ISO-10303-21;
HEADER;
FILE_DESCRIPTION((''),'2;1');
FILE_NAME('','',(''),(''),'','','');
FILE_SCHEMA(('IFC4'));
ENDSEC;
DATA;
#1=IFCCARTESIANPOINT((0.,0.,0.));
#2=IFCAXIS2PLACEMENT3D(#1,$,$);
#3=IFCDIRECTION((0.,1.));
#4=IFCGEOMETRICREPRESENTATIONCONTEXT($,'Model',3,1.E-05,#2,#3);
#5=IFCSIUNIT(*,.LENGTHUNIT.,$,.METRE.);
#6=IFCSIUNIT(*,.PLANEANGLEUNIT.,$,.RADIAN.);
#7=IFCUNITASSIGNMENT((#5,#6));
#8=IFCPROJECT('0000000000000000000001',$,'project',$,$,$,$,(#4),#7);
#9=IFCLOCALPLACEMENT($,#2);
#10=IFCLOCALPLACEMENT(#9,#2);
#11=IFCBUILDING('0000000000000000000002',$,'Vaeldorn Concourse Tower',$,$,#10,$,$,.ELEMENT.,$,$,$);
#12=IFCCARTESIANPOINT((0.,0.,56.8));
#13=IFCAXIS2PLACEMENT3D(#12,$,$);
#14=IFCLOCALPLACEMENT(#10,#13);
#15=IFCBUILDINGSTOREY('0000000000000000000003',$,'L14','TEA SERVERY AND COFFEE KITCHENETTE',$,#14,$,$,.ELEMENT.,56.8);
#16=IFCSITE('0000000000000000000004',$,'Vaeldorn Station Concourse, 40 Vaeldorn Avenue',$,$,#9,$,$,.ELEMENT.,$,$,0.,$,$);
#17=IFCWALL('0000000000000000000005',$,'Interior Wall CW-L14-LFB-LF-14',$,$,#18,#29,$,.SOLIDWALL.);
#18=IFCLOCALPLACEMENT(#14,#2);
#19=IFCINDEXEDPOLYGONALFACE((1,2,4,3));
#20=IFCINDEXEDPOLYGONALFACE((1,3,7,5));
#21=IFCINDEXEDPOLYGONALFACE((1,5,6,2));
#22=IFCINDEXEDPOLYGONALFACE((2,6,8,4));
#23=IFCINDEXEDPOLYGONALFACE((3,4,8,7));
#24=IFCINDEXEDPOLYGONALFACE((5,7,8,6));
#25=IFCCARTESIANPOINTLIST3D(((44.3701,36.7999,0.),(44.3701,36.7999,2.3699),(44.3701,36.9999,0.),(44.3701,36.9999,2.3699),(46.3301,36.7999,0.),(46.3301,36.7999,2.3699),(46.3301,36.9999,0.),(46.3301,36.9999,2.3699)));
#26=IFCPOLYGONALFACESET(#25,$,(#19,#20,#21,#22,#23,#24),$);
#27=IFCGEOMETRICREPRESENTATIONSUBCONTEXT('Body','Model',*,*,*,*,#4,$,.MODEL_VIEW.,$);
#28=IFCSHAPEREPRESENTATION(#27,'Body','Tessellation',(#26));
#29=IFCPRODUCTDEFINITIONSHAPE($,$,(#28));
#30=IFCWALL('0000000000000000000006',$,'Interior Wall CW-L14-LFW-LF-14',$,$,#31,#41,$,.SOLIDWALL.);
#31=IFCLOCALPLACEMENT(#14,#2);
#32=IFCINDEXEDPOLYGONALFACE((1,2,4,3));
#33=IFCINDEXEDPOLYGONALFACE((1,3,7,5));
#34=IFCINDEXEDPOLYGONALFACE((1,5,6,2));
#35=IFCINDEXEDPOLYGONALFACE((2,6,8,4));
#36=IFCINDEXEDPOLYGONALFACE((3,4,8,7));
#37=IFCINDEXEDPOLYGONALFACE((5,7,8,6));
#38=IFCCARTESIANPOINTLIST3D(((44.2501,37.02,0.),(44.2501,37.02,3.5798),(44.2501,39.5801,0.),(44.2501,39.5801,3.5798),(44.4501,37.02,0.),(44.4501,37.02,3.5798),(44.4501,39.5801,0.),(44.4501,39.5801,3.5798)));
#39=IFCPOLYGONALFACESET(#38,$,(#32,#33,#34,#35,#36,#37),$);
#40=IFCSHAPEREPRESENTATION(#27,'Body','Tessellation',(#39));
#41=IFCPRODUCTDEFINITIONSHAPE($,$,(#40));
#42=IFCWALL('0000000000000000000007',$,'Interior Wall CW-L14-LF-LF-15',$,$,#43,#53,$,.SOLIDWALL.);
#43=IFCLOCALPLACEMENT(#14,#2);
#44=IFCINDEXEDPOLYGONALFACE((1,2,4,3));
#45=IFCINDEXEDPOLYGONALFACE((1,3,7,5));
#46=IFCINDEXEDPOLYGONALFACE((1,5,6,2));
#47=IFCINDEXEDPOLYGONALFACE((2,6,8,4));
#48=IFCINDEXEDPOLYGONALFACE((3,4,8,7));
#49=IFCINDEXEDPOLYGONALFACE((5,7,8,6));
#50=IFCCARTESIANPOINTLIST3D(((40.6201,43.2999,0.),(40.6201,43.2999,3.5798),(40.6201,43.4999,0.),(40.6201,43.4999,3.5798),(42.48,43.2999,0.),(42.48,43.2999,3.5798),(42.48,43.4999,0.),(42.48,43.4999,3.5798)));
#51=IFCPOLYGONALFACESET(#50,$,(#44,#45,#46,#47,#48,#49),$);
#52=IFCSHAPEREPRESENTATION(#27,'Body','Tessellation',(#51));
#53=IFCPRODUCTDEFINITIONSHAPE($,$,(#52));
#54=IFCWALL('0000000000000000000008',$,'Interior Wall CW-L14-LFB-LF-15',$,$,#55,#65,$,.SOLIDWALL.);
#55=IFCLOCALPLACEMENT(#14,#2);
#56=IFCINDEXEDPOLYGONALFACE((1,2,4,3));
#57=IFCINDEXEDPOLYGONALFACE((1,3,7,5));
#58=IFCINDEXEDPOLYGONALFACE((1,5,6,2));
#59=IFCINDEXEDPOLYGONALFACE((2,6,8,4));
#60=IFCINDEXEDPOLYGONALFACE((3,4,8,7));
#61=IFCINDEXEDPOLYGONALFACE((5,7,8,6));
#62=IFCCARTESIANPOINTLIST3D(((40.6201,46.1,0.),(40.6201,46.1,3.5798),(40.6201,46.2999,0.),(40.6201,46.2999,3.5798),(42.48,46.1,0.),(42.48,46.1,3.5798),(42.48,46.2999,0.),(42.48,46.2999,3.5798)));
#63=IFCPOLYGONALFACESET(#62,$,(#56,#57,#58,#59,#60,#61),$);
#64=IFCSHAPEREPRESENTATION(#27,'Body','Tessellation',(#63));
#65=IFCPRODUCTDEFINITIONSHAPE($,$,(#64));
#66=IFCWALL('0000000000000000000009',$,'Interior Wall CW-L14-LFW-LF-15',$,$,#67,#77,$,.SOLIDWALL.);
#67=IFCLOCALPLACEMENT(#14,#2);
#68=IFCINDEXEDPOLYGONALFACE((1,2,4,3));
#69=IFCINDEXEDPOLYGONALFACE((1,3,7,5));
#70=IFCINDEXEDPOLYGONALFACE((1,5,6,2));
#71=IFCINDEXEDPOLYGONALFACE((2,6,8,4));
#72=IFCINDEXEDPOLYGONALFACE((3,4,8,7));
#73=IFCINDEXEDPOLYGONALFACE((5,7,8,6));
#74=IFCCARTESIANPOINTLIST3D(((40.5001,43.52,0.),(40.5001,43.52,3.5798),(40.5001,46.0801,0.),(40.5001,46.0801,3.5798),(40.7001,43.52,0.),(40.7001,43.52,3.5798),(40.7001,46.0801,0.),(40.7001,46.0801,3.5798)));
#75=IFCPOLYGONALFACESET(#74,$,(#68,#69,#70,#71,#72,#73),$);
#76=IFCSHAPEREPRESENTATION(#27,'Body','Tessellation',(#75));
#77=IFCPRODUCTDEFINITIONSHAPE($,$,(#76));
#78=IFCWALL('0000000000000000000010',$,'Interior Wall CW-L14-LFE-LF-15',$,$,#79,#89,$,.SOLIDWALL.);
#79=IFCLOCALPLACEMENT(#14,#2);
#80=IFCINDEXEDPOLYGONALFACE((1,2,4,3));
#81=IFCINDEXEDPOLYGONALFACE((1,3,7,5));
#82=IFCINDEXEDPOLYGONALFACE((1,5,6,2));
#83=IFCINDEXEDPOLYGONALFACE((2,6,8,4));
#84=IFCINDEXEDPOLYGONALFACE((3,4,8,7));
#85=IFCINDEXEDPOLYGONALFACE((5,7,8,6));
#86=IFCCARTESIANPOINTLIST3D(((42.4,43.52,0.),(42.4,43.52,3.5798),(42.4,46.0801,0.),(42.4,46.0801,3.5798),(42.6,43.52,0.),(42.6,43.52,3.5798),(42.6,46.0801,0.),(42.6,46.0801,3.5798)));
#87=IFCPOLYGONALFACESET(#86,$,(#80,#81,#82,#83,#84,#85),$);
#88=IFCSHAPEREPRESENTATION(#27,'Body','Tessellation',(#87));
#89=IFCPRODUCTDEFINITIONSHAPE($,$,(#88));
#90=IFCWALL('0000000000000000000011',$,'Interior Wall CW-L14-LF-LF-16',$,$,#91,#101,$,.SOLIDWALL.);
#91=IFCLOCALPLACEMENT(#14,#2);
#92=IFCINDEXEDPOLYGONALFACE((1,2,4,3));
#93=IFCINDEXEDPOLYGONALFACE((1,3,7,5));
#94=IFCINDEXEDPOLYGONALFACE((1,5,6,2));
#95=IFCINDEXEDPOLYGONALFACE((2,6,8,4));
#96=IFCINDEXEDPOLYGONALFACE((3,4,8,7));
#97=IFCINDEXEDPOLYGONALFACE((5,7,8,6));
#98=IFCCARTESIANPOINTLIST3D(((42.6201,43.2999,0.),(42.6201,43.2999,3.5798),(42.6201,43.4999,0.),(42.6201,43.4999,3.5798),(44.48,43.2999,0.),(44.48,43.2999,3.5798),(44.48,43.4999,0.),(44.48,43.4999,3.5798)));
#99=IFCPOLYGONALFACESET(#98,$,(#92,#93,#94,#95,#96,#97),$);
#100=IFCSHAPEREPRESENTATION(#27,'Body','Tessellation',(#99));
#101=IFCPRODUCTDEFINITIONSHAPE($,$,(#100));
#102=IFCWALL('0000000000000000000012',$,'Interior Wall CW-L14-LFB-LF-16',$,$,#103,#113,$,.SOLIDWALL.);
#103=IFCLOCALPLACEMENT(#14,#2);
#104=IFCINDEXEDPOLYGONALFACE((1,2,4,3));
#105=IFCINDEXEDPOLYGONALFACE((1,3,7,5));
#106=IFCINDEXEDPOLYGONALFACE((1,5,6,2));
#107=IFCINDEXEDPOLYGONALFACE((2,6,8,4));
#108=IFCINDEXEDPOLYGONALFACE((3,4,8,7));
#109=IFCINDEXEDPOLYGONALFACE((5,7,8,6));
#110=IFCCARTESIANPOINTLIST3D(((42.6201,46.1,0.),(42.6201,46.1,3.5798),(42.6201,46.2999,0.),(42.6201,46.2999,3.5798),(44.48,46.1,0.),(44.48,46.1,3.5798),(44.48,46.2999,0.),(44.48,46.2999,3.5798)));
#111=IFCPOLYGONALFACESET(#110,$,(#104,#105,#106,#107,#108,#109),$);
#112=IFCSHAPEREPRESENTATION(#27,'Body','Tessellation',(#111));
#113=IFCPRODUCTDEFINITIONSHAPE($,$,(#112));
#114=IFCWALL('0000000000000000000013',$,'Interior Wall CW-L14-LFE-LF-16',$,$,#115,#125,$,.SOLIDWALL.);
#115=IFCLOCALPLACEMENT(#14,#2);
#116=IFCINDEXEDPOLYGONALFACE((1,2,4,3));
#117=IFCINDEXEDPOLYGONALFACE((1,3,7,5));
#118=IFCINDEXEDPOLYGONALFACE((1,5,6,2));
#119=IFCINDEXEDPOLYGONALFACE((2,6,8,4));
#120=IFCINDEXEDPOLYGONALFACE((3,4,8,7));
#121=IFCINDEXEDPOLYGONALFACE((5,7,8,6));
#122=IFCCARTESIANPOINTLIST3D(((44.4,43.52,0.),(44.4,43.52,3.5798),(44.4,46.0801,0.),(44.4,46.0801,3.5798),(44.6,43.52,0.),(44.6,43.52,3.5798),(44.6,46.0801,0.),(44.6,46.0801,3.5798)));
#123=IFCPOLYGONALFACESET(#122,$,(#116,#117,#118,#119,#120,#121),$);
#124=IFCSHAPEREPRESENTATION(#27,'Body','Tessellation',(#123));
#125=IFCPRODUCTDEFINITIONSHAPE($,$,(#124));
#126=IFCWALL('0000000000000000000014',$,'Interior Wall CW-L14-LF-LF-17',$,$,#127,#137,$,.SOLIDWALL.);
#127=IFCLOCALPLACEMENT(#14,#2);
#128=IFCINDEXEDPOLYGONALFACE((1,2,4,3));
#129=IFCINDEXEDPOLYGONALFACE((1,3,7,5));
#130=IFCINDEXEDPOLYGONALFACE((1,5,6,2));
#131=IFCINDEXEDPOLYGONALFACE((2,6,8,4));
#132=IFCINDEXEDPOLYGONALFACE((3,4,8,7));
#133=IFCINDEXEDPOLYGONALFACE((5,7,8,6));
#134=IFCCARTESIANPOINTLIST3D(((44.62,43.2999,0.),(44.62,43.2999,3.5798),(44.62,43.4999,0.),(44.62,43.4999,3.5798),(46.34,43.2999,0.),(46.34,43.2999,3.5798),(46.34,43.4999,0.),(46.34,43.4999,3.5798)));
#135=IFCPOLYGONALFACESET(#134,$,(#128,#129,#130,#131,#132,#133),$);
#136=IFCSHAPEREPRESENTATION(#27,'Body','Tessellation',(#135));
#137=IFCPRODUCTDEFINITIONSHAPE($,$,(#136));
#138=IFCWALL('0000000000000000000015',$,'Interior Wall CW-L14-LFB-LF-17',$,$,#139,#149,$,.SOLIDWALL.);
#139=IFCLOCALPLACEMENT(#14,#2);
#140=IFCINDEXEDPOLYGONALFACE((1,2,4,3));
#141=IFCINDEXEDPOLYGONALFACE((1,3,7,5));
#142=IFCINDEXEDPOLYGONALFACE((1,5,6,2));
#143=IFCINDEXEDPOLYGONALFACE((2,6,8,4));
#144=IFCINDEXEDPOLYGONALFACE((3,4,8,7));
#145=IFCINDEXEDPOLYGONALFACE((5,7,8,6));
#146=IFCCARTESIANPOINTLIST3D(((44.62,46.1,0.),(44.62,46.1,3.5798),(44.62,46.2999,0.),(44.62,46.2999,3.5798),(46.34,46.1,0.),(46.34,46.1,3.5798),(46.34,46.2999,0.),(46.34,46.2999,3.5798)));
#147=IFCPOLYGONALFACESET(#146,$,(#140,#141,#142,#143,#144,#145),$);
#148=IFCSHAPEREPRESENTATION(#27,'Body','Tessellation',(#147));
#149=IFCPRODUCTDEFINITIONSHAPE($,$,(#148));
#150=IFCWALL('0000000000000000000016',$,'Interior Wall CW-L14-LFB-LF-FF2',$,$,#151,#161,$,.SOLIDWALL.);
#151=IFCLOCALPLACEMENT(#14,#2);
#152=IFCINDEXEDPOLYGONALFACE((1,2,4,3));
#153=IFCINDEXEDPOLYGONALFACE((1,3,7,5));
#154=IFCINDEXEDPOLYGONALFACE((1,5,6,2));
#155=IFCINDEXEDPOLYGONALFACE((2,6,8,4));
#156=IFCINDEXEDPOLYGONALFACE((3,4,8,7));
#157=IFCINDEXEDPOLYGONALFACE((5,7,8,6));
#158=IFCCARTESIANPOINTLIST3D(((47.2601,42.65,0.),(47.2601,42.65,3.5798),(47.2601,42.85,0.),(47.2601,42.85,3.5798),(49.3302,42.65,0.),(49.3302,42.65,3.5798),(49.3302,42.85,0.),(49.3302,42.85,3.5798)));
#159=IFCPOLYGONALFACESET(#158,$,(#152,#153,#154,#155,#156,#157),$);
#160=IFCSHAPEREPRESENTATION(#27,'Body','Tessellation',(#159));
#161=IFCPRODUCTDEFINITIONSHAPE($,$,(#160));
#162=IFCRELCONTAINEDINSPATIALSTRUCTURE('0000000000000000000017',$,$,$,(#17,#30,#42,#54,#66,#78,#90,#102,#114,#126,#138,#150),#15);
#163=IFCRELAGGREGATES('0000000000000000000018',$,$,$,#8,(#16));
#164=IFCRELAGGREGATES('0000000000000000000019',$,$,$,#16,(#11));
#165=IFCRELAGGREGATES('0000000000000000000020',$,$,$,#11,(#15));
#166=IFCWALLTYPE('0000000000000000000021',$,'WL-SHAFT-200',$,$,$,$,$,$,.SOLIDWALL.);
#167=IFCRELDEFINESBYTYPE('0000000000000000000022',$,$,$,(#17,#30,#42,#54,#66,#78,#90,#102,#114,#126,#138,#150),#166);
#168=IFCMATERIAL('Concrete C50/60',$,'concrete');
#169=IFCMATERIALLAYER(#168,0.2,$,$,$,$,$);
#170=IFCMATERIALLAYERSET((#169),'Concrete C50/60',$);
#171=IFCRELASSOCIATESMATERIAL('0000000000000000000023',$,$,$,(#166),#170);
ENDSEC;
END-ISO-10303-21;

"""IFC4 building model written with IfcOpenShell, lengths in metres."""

from ifc_helpers import new_model, si_unit, direction, frame, frame_2d, origin, place, context, subcontext, project, spatial, rectangle, extrude, material, layer, layer_set, type_object, element, save


model = new_model("IFC4")

# Units and contexts
model_context = context("Model", 3, precision=1e-05, world=origin(), true_north=direction((0.0, 1.0)))
body_context = subcontext(model_context, "Body", "Model", "MODEL_VIEW")
ifc_project = project(units=[si_unit("LENGTHUNIT", "METRE"), si_unit("PLANEANGLEUNIT", "RADIAN")], contexts=[model_context])

# Site, building, storey
site_placement = place(None, origin())
site = spatial("IfcSite", under=ifc_project, at=site_placement, Name="Vaeldorn Station Concourse, 40 Vaeldorn Avenue", CompositionType="ELEMENT", RefElevation=0.0)
building_placement = place(site_placement, origin())
building = spatial("IfcBuilding", under=site, at=building_placement, Name="Vaeldorn Concourse Tower", CompositionType="ELEMENT")
storey_placement = place(building_placement, frame((0.0, 0.0, 56.8)))
storey = spatial("IfcBuildingStorey", under=building, at=storey_placement, Name="L14", Description="TEA SERVERY AND COFFEE KITCHENETTE", CompositionType="ELEMENT", Elevation=56.8)

# Shared definitions
ifc_material_1 = material(Name="Concrete C50/60", Category="concrete")
ifc_layer_1 = layer(ifc_material_1, 0.2)
ifc_layer_set_1 = layer_set([ifc_layer_1], Name="Concrete C50/60")
wall_type_1 = type_object("IfcWallType", Name="WL-SHAFT-200", PredefinedType="SOLIDWALL", material=ifc_layer_set_1)

# Walls
wall_1_placement = place(storey_placement, frame((44.3701, 36.8999, 0.0), z_axis=(0.0, 0.0, 1.0), x_axis=(1.0, 0.0, 0.0)))
element("IfcWall", 1, at=wall_1_placement, inside=storey, type_object=wall_type_1, Name="Interior Wall CW-L14-LFB-LF-14", PredefinedType="SOLIDWALL", context=body_context, shape_type="SweptSolid", body=[
    extrude(rectangle(XDim=1.96, YDim=0.2, at=frame_2d((0.98, 0.0))), origin(), (0.0, 0.0, 1.0), 2.3699),
])
wall_2_placement = place(storey_placement, frame((44.3501, 37.02, 0.0), z_axis=(0.0, 0.0, 1.0), x_axis=(0.0, 1.0, 0.0)))
element("IfcWall", 2, at=wall_2_placement, inside=storey, type_object=wall_type_1, Name="Interior Wall CW-L14-LFW-LF-14", PredefinedType="SOLIDWALL", context=body_context, shape_type="SweptSolid", body=[
    extrude(rectangle(XDim=2.5601, YDim=0.2, at=frame_2d((1.28, 0.0))), origin(), (0.0, 0.0, 1.0), 3.5798),
])
for number, where, z_axis, x_axis, name in (
    (3, (40.6201, 43.3999, 0.0), (0.0, 0.0, 1.0), (1.0, 0.0, 0.0), "Interior Wall CW-L14-LF-LF-15"),
    (4, (40.6201, 46.2, 0.0), (0.0, 0.0, 1.0), (1.0, 0.0, 0.0), "Interior Wall CW-L14-LFB-LF-15"),
):
    element("IfcWall", number, at=place(storey_placement, frame(where, z_axis=z_axis, x_axis=x_axis)), inside=storey, type_object=wall_type_1, Name=name, PredefinedType="SOLIDWALL", context=body_context, shape_type="SweptSolid", body=[
        extrude(rectangle(XDim=1.8599, YDim=0.2, at=frame_2d((0.9299, 0.0))), origin(), (0.0, 0.0, 1.0), 3.5798),
    ])
for number, where, z_axis, x_axis, name in (
    (5, (40.6001, 43.52, 0.0), (0.0, 0.0, 1.0), (0.0, 1.0, 0.0), "Interior Wall CW-L14-LFW-LF-15"),
    (6, (42.5, 43.52, 0.0), (0.0, 0.0, 1.0), (0.0, 1.0, 0.0), "Interior Wall CW-L14-LFE-LF-15"),
):
    element("IfcWall", number, at=place(storey_placement, frame(where, z_axis=z_axis, x_axis=x_axis)), inside=storey, type_object=wall_type_1, Name=name, PredefinedType="SOLIDWALL", context=body_context, shape_type="SweptSolid", body=[
        extrude(rectangle(XDim=2.5601, YDim=0.2, at=frame_2d((1.28, 0.0))), origin(), (0.0, 0.0, 1.0), 3.5798),
    ])
for number, where, z_axis, x_axis, name in (
    (7, (42.6201, 43.3999, 0.0), (0.0, 0.0, 1.0), (1.0, 0.0, 0.0), "Interior Wall CW-L14-LF-LF-16"),
    (8, (42.6201, 46.2, 0.0), (0.0, 0.0, 1.0), (1.0, 0.0, 0.0), "Interior Wall CW-L14-LFB-LF-16"),
):
    element("IfcWall", number, at=place(storey_placement, frame(where, z_axis=z_axis, x_axis=x_axis)), inside=storey, type_object=wall_type_1, Name=name, PredefinedType="SOLIDWALL", context=body_context, shape_type="SweptSolid", body=[
        extrude(rectangle(XDim=1.8599, YDim=0.2, at=frame_2d((0.9299, 0.0))), origin(), (0.0, 0.0, 1.0), 3.5798),
    ])
wall_3_placement = place(storey_placement, frame((44.5, 43.52, 0.0), z_axis=(0.0, 0.0, 1.0), x_axis=(0.0, 1.0, 0.0)))
element("IfcWall", 9, at=wall_3_placement, inside=storey, type_object=wall_type_1, Name="Interior Wall CW-L14-LFE-LF-16", PredefinedType="SOLIDWALL", context=body_context, shape_type="SweptSolid", body=[
    extrude(rectangle(XDim=2.5601, YDim=0.2, at=frame_2d((1.28, 0.0))), origin(), (0.0, 0.0, 1.0), 3.5798),
])
for number, where, z_axis, x_axis, name in (
    (10, (44.6201, 43.3999, 0.0), (0.0, 0.0, 1.0), (1.0, 0.0, 0.0), "Interior Wall CW-L14-LF-LF-17"),
    (11, (44.6201, 46.2, 0.0), (0.0, 0.0, 1.0), (1.0, 0.0, 0.0), "Interior Wall CW-L14-LFB-LF-17"),
):
    element("IfcWall", number, at=place(storey_placement, frame(where, z_axis=z_axis, x_axis=x_axis)), inside=storey, type_object=wall_type_1, Name=name, PredefinedType="SOLIDWALL", context=body_context, shape_type="SweptSolid", body=[
        extrude(rectangle(XDim=1.72, YDim=0.2, at=frame_2d((0.8599, 0.0))), origin(), (0.0, 0.0, 1.0), 3.5798),
    ])

# Wall
wall_4_placement = place(storey_placement, frame((47.26, 42.75, 0.0), z_axis=(0.0, 0.0, 1.0), x_axis=(1.0, 0.0, 0.0)))
element("IfcWall", 12, at=wall_4_placement, inside=storey, type_object=wall_type_1, Name="Interior Wall CW-L14-LFB-LF-FF2", PredefinedType="SOLIDWALL", context=body_context, shape_type="SweptSolid", body=[
    extrude(rectangle(XDim=2.0701, YDim=0.2, at=frame_2d((1.0352, 0.0))), origin(), (0.0, 0.0, 1.0), 3.5798),
])

save(model, "model.ifc")
